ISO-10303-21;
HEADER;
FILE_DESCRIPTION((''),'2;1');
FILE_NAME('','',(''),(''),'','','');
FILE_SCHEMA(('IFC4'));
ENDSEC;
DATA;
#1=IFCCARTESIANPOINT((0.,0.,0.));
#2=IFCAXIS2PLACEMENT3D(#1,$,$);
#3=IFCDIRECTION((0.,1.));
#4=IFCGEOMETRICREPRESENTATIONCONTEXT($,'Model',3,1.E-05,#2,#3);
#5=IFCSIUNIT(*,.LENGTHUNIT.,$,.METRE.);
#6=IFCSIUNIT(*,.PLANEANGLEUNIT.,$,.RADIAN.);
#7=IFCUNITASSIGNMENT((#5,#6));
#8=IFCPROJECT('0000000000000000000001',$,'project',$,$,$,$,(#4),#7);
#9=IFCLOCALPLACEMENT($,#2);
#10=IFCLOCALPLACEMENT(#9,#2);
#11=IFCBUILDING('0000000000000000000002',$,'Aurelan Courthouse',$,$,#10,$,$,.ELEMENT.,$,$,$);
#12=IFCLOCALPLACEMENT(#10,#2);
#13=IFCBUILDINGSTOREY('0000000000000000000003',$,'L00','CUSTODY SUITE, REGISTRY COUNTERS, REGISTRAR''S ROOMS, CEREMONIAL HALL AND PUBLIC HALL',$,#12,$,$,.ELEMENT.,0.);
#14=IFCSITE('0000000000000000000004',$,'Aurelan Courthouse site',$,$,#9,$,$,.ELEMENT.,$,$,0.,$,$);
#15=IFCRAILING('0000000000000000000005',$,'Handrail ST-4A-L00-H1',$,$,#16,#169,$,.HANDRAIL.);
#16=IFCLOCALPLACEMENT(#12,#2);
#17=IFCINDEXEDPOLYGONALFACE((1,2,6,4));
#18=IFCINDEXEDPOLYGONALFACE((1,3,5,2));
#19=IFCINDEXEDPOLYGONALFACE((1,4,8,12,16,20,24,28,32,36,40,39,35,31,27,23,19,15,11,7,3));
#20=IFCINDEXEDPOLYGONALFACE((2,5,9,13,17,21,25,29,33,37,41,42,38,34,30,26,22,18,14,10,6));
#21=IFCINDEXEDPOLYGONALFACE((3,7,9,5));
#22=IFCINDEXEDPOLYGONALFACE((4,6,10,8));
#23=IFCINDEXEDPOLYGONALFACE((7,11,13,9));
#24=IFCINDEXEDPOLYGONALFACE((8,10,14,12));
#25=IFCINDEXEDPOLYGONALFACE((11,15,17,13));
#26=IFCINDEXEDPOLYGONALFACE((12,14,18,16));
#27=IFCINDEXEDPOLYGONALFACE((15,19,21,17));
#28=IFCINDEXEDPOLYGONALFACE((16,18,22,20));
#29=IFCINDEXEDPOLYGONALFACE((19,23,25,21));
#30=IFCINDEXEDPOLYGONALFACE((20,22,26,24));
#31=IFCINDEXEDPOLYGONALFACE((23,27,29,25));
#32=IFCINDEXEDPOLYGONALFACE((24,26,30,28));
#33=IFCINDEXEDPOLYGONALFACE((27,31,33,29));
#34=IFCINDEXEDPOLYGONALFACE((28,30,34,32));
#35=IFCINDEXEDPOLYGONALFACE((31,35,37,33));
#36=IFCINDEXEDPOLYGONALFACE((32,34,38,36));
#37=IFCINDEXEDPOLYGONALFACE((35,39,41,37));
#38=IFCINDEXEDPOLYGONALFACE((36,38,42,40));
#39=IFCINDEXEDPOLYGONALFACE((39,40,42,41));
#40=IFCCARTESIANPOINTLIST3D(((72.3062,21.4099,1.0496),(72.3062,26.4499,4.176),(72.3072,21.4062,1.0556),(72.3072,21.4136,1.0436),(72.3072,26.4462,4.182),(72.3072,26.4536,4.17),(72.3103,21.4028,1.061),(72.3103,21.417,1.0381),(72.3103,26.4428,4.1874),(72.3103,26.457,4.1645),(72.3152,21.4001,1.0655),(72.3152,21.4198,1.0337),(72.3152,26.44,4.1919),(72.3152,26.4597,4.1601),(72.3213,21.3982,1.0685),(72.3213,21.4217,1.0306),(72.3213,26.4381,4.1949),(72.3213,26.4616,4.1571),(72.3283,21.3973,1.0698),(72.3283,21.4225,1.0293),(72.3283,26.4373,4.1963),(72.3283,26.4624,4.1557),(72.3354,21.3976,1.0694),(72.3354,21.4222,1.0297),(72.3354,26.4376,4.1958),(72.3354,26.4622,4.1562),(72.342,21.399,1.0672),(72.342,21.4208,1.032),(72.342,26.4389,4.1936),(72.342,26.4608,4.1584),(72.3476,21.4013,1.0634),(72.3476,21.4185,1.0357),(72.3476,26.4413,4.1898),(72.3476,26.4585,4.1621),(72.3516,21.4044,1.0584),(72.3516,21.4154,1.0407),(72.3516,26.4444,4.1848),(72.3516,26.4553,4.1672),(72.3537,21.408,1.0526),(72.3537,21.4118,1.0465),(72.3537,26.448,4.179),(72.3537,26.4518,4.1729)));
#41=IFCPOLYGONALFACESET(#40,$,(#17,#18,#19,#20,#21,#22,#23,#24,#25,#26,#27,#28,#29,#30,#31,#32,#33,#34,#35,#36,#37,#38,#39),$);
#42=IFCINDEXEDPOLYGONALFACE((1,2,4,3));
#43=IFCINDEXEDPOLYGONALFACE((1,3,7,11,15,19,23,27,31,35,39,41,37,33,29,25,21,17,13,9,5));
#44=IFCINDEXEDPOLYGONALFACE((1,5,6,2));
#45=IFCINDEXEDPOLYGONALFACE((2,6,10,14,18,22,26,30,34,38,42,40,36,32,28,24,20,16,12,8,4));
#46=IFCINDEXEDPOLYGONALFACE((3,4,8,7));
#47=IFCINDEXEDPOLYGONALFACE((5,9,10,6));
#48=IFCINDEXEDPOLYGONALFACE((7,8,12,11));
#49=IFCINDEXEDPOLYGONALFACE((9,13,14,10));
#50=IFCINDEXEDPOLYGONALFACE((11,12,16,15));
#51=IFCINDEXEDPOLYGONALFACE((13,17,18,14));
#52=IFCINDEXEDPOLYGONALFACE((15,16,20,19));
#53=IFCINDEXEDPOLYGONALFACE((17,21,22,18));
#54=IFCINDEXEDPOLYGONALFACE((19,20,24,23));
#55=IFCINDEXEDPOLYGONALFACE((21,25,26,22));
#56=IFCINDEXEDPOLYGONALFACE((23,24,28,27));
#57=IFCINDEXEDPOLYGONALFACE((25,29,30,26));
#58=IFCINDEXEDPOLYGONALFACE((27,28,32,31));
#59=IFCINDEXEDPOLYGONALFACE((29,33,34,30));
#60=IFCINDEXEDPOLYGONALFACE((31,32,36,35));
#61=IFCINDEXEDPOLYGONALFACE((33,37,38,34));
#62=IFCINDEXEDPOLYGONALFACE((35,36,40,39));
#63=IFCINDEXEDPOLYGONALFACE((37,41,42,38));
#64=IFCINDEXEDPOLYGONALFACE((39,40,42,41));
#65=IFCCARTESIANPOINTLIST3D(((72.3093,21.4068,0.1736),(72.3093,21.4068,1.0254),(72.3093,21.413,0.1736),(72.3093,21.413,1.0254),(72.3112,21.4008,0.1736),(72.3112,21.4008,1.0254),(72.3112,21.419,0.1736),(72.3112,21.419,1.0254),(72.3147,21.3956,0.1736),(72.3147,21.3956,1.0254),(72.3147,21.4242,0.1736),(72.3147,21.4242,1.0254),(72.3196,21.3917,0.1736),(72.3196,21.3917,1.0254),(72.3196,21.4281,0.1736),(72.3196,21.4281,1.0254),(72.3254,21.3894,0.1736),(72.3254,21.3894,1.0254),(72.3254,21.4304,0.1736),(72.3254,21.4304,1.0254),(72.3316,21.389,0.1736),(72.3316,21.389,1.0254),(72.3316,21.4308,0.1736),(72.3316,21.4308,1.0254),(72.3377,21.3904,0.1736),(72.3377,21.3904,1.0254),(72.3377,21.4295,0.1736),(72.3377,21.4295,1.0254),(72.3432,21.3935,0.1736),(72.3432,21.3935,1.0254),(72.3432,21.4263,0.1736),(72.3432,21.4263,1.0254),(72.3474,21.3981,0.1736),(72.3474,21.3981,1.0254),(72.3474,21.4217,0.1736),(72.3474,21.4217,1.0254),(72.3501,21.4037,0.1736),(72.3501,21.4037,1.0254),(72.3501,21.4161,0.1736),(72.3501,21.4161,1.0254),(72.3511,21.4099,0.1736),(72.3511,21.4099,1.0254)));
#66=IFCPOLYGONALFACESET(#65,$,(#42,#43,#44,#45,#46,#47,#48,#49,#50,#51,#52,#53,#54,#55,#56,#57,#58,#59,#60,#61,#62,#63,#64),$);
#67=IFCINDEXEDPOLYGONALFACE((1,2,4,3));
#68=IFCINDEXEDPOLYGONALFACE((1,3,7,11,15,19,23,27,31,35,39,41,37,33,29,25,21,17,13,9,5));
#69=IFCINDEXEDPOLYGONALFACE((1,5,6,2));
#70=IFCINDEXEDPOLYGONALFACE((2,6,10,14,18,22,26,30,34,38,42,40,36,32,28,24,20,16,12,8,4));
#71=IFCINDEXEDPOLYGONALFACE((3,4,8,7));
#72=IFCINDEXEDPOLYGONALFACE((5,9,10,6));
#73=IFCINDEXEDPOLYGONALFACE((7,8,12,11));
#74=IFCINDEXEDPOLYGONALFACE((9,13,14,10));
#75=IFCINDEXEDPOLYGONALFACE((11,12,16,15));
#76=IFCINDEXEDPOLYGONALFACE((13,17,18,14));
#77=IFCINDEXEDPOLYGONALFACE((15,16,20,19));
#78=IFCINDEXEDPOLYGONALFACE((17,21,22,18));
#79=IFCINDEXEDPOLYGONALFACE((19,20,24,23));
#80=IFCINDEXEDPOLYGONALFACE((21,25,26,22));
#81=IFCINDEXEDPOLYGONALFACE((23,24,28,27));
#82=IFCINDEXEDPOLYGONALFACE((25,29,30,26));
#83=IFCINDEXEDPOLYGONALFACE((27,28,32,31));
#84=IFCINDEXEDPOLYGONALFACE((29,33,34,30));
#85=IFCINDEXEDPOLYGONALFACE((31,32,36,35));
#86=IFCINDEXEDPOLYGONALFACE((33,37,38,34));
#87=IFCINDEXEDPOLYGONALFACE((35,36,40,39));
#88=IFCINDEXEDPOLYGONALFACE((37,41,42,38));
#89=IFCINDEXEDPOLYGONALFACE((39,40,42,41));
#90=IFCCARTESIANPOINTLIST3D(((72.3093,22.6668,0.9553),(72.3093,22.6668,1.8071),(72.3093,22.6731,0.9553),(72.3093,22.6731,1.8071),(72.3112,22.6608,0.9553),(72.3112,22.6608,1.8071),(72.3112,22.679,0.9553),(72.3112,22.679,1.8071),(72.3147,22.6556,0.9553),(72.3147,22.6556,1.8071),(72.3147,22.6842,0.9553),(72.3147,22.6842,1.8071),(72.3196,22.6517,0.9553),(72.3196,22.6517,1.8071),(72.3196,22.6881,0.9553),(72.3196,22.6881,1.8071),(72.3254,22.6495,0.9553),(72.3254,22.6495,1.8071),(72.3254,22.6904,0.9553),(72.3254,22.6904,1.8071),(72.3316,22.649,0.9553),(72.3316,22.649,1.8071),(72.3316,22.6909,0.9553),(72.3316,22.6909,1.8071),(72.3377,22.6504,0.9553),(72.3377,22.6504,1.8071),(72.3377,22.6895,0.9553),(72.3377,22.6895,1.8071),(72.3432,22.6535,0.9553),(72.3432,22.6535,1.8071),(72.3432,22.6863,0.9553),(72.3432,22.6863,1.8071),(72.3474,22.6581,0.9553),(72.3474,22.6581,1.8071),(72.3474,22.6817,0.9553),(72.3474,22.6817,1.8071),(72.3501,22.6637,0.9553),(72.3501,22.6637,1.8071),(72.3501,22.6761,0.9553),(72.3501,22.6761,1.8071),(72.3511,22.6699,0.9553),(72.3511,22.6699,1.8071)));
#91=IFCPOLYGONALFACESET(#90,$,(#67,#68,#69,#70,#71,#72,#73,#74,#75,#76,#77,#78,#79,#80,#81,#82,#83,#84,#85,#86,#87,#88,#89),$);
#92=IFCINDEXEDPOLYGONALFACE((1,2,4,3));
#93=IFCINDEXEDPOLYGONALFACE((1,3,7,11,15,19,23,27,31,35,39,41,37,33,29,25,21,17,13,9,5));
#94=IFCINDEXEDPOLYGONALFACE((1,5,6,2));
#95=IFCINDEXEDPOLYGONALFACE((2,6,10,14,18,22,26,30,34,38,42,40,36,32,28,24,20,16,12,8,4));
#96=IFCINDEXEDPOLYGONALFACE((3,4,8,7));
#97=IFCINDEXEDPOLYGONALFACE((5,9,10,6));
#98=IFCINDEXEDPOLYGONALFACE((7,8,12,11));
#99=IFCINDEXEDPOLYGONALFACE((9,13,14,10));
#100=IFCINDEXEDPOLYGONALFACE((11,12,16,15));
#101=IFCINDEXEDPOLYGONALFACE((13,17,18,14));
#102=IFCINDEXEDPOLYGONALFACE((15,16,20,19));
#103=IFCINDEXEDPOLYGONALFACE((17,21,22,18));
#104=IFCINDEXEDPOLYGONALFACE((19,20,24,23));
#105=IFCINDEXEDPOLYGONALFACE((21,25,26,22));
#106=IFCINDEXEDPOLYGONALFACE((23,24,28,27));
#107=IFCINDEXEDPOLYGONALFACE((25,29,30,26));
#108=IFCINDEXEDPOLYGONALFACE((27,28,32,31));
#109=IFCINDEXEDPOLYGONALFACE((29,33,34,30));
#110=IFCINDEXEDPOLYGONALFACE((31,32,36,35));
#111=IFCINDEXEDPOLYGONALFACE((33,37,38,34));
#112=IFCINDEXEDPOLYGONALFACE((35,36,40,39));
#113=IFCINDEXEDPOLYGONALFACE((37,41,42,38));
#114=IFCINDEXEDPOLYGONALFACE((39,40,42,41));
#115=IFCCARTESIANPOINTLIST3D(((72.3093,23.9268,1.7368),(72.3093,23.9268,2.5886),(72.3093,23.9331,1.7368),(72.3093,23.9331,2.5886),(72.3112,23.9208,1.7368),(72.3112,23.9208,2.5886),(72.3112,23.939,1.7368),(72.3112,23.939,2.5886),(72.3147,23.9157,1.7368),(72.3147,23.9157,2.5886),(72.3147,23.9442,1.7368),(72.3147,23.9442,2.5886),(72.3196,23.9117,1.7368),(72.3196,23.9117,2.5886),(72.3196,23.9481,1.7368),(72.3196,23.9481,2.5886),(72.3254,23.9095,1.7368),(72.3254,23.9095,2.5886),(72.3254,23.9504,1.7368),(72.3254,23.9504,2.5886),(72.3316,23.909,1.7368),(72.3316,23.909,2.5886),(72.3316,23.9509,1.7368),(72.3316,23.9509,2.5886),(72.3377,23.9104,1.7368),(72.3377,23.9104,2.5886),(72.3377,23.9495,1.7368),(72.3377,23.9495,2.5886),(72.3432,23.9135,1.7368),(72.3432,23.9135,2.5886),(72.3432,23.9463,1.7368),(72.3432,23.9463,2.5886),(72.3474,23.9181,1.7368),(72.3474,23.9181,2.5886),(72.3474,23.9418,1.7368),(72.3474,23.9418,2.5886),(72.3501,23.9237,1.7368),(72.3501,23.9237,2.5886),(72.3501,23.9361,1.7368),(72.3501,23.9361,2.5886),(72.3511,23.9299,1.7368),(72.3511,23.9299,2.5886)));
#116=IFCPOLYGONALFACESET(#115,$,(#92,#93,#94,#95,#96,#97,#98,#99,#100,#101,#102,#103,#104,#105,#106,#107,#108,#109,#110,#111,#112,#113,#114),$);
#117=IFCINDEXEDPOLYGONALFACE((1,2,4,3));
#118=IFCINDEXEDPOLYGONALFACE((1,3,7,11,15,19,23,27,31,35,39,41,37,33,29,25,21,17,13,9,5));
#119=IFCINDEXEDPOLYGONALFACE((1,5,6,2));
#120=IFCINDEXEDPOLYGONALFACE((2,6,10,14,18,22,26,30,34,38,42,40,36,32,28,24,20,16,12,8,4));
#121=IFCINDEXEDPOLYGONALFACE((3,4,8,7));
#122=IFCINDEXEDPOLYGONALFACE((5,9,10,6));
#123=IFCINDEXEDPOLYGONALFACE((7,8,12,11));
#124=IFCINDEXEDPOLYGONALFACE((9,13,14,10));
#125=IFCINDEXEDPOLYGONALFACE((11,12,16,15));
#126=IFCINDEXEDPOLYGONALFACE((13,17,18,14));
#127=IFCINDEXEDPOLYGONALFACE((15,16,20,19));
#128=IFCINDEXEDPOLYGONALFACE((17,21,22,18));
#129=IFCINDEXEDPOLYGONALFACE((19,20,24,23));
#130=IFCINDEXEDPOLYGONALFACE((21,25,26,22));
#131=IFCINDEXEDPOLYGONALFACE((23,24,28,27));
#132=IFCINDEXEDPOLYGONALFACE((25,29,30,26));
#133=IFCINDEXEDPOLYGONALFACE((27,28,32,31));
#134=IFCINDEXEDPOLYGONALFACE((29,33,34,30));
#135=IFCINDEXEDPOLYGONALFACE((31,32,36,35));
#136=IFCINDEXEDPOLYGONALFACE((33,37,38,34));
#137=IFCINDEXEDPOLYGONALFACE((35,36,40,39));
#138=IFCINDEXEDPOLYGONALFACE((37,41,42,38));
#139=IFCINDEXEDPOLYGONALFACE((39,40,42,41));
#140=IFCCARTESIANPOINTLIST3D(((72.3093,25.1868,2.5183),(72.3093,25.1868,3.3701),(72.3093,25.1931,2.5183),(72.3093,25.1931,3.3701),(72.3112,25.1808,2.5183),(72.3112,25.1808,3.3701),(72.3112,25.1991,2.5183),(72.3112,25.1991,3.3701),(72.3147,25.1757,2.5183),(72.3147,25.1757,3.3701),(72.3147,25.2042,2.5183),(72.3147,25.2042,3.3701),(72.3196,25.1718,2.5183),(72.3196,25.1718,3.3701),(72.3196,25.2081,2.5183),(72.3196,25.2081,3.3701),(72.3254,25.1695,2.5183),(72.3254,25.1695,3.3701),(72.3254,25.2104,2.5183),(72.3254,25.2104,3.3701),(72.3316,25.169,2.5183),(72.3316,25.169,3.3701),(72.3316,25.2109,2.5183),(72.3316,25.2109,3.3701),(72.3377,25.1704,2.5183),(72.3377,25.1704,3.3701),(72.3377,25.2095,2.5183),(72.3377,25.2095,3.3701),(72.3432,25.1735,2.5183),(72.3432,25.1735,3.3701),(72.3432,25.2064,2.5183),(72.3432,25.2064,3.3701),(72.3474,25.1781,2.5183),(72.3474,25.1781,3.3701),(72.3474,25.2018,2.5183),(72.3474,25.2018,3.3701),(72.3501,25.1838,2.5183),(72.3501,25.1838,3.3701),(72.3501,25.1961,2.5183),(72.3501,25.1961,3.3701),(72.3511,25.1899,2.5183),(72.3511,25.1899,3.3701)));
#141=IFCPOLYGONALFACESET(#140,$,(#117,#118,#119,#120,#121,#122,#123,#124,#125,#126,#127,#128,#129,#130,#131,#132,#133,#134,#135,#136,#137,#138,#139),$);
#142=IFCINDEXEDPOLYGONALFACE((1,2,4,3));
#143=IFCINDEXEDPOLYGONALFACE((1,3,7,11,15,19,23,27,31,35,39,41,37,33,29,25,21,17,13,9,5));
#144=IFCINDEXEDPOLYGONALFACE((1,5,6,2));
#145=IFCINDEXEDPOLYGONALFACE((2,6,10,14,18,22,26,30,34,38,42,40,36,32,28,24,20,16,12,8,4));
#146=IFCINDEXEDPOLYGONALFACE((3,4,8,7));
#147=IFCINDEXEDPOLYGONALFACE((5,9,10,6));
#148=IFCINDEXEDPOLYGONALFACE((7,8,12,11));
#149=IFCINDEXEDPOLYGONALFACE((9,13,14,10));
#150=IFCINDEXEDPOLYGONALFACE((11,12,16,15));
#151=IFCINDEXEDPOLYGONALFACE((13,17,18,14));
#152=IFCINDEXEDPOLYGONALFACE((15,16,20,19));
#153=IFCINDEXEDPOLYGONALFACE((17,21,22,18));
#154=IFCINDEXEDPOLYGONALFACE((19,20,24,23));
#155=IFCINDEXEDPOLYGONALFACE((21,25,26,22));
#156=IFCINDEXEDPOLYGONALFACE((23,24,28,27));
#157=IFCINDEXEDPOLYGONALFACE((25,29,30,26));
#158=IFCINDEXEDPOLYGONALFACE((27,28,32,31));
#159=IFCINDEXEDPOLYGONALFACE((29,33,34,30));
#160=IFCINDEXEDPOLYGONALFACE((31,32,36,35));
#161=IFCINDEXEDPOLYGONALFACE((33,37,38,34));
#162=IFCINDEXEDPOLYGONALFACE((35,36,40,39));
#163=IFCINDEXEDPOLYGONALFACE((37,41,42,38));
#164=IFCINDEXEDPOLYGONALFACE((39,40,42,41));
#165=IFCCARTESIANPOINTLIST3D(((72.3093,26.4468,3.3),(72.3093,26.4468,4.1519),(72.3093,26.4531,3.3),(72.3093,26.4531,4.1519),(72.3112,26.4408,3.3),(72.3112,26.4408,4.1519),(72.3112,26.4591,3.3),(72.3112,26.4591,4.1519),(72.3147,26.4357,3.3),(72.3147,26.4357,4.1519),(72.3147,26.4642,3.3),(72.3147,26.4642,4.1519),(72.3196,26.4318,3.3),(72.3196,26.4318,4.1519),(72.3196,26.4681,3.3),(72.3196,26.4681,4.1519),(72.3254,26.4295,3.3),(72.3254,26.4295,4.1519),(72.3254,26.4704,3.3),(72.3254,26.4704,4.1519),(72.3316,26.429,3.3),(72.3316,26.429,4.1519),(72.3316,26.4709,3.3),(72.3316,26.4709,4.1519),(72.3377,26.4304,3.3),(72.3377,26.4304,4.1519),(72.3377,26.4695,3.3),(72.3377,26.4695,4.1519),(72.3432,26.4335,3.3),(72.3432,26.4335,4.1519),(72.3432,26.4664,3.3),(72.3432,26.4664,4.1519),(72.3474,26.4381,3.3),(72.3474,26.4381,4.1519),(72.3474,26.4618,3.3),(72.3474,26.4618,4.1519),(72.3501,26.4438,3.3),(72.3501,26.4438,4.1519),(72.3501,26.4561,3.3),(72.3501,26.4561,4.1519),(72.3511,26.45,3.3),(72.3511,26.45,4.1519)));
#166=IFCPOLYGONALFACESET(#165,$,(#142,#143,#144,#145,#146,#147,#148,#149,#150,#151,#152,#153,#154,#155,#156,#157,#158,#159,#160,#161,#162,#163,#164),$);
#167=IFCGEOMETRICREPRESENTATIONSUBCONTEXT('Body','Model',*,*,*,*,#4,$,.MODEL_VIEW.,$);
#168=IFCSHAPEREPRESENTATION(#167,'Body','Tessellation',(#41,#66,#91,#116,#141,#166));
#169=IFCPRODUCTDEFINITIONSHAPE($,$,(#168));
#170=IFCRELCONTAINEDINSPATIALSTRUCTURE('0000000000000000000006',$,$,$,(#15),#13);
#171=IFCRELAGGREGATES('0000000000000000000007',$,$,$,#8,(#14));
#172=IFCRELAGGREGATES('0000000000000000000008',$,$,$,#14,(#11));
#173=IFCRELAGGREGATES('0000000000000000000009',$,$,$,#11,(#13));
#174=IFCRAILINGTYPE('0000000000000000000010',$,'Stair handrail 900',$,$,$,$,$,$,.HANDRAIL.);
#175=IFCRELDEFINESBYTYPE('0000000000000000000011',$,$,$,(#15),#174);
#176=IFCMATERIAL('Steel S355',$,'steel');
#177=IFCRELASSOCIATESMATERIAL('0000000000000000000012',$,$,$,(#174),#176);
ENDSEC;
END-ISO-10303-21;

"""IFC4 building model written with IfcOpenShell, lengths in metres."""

from ifc_helpers import new_model, si_unit, direction, frame, origin, origin_2d, place, context, subcontext, project, spatial, circle, extrude, material, type_object, element, save


model = new_model("IFC4")

# Units and contexts
model_context = context("Model", 3, precision=1e-05, world=origin(), true_north=direction((0.0, 1.0)))
body_context = subcontext(model_context, "Body", "Model", "MODEL_VIEW")
ifc_project = project(units=[si_unit("LENGTHUNIT", "METRE"), si_unit("PLANEANGLEUNIT", "RADIAN")], contexts=[model_context])

# Site, building, storey
site_placement = place(None, origin())
site = spatial("IfcSite", under=ifc_project, at=site_placement, Name="Aurelan Courthouse site", CompositionType="ELEMENT", RefElevation=0.0)
building_placement = place(site_placement, origin())
building = spatial("IfcBuilding", under=site, at=building_placement, Name="Aurelan Courthouse", CompositionType="ELEMENT")
storey_placement = place(building_placement, origin())
storey = spatial("IfcBuildingStorey", under=building, at=storey_placement, Name="L00", Description="CUSTODY SUITE, REGISTRY COUNTERS, REGISTRAR'S ROOMS, CEREMONIAL HALL AND PUBLIC HALL", CompositionType="ELEMENT", Elevation=0.0)

# Railing
ifc_material_1 = material(Name="Steel S355", Category="steel")
railing_type_1 = type_object("IfcRailingType", Name="Stair handrail 900", PredefinedType="HANDRAIL", material=ifc_material_1)
for number, where, name in (
    (1, (72.3301, 21.4099, 0.1736), "Handrail ST-4A-L00-H1"),
):
    element("IfcRailing", number, at=place(storey_placement, frame(where)), inside=storey, type_object=railing_type_1, Name=name, PredefinedType="HANDRAIL", context=body_context, shape_type="SweptSolid", body=[
        extrude(circle(Radius=0.0239, at=origin_2d()), frame((0.0, 0.0, 0.876), z_axis=(0.0, 0.849779, 0.527139), x_axis=(-1.0, 0.0, 0.0)), (0.0, 0.0, 1.0), 5.9309),
        extrude(circle(Radius=0.021, at=origin_2d()), origin(), (0.0, 0.0, 1.0), 0.8518),
        extrude(circle(Radius=0.021, at=origin_2d()), frame((0.0, 1.26, 0.7817)), (0.0, 0.0, 1.0), 0.8518),
        extrude(circle(Radius=0.021, at=origin_2d()), frame((0.0, 2.52, 1.5632)), (0.0, 0.0, 1.0), 0.8518),
        extrude(circle(Radius=0.021, at=origin_2d()), frame((0.0, 3.78, 2.3447)), (0.0, 0.0, 1.0), 0.8518),
        extrude(circle(Radius=0.021, at=origin_2d()), frame((0.0, 5.04, 3.1265)), (0.0, 0.0, 1.0), 0.8518),
    ])

save(model, "model.ifc")
